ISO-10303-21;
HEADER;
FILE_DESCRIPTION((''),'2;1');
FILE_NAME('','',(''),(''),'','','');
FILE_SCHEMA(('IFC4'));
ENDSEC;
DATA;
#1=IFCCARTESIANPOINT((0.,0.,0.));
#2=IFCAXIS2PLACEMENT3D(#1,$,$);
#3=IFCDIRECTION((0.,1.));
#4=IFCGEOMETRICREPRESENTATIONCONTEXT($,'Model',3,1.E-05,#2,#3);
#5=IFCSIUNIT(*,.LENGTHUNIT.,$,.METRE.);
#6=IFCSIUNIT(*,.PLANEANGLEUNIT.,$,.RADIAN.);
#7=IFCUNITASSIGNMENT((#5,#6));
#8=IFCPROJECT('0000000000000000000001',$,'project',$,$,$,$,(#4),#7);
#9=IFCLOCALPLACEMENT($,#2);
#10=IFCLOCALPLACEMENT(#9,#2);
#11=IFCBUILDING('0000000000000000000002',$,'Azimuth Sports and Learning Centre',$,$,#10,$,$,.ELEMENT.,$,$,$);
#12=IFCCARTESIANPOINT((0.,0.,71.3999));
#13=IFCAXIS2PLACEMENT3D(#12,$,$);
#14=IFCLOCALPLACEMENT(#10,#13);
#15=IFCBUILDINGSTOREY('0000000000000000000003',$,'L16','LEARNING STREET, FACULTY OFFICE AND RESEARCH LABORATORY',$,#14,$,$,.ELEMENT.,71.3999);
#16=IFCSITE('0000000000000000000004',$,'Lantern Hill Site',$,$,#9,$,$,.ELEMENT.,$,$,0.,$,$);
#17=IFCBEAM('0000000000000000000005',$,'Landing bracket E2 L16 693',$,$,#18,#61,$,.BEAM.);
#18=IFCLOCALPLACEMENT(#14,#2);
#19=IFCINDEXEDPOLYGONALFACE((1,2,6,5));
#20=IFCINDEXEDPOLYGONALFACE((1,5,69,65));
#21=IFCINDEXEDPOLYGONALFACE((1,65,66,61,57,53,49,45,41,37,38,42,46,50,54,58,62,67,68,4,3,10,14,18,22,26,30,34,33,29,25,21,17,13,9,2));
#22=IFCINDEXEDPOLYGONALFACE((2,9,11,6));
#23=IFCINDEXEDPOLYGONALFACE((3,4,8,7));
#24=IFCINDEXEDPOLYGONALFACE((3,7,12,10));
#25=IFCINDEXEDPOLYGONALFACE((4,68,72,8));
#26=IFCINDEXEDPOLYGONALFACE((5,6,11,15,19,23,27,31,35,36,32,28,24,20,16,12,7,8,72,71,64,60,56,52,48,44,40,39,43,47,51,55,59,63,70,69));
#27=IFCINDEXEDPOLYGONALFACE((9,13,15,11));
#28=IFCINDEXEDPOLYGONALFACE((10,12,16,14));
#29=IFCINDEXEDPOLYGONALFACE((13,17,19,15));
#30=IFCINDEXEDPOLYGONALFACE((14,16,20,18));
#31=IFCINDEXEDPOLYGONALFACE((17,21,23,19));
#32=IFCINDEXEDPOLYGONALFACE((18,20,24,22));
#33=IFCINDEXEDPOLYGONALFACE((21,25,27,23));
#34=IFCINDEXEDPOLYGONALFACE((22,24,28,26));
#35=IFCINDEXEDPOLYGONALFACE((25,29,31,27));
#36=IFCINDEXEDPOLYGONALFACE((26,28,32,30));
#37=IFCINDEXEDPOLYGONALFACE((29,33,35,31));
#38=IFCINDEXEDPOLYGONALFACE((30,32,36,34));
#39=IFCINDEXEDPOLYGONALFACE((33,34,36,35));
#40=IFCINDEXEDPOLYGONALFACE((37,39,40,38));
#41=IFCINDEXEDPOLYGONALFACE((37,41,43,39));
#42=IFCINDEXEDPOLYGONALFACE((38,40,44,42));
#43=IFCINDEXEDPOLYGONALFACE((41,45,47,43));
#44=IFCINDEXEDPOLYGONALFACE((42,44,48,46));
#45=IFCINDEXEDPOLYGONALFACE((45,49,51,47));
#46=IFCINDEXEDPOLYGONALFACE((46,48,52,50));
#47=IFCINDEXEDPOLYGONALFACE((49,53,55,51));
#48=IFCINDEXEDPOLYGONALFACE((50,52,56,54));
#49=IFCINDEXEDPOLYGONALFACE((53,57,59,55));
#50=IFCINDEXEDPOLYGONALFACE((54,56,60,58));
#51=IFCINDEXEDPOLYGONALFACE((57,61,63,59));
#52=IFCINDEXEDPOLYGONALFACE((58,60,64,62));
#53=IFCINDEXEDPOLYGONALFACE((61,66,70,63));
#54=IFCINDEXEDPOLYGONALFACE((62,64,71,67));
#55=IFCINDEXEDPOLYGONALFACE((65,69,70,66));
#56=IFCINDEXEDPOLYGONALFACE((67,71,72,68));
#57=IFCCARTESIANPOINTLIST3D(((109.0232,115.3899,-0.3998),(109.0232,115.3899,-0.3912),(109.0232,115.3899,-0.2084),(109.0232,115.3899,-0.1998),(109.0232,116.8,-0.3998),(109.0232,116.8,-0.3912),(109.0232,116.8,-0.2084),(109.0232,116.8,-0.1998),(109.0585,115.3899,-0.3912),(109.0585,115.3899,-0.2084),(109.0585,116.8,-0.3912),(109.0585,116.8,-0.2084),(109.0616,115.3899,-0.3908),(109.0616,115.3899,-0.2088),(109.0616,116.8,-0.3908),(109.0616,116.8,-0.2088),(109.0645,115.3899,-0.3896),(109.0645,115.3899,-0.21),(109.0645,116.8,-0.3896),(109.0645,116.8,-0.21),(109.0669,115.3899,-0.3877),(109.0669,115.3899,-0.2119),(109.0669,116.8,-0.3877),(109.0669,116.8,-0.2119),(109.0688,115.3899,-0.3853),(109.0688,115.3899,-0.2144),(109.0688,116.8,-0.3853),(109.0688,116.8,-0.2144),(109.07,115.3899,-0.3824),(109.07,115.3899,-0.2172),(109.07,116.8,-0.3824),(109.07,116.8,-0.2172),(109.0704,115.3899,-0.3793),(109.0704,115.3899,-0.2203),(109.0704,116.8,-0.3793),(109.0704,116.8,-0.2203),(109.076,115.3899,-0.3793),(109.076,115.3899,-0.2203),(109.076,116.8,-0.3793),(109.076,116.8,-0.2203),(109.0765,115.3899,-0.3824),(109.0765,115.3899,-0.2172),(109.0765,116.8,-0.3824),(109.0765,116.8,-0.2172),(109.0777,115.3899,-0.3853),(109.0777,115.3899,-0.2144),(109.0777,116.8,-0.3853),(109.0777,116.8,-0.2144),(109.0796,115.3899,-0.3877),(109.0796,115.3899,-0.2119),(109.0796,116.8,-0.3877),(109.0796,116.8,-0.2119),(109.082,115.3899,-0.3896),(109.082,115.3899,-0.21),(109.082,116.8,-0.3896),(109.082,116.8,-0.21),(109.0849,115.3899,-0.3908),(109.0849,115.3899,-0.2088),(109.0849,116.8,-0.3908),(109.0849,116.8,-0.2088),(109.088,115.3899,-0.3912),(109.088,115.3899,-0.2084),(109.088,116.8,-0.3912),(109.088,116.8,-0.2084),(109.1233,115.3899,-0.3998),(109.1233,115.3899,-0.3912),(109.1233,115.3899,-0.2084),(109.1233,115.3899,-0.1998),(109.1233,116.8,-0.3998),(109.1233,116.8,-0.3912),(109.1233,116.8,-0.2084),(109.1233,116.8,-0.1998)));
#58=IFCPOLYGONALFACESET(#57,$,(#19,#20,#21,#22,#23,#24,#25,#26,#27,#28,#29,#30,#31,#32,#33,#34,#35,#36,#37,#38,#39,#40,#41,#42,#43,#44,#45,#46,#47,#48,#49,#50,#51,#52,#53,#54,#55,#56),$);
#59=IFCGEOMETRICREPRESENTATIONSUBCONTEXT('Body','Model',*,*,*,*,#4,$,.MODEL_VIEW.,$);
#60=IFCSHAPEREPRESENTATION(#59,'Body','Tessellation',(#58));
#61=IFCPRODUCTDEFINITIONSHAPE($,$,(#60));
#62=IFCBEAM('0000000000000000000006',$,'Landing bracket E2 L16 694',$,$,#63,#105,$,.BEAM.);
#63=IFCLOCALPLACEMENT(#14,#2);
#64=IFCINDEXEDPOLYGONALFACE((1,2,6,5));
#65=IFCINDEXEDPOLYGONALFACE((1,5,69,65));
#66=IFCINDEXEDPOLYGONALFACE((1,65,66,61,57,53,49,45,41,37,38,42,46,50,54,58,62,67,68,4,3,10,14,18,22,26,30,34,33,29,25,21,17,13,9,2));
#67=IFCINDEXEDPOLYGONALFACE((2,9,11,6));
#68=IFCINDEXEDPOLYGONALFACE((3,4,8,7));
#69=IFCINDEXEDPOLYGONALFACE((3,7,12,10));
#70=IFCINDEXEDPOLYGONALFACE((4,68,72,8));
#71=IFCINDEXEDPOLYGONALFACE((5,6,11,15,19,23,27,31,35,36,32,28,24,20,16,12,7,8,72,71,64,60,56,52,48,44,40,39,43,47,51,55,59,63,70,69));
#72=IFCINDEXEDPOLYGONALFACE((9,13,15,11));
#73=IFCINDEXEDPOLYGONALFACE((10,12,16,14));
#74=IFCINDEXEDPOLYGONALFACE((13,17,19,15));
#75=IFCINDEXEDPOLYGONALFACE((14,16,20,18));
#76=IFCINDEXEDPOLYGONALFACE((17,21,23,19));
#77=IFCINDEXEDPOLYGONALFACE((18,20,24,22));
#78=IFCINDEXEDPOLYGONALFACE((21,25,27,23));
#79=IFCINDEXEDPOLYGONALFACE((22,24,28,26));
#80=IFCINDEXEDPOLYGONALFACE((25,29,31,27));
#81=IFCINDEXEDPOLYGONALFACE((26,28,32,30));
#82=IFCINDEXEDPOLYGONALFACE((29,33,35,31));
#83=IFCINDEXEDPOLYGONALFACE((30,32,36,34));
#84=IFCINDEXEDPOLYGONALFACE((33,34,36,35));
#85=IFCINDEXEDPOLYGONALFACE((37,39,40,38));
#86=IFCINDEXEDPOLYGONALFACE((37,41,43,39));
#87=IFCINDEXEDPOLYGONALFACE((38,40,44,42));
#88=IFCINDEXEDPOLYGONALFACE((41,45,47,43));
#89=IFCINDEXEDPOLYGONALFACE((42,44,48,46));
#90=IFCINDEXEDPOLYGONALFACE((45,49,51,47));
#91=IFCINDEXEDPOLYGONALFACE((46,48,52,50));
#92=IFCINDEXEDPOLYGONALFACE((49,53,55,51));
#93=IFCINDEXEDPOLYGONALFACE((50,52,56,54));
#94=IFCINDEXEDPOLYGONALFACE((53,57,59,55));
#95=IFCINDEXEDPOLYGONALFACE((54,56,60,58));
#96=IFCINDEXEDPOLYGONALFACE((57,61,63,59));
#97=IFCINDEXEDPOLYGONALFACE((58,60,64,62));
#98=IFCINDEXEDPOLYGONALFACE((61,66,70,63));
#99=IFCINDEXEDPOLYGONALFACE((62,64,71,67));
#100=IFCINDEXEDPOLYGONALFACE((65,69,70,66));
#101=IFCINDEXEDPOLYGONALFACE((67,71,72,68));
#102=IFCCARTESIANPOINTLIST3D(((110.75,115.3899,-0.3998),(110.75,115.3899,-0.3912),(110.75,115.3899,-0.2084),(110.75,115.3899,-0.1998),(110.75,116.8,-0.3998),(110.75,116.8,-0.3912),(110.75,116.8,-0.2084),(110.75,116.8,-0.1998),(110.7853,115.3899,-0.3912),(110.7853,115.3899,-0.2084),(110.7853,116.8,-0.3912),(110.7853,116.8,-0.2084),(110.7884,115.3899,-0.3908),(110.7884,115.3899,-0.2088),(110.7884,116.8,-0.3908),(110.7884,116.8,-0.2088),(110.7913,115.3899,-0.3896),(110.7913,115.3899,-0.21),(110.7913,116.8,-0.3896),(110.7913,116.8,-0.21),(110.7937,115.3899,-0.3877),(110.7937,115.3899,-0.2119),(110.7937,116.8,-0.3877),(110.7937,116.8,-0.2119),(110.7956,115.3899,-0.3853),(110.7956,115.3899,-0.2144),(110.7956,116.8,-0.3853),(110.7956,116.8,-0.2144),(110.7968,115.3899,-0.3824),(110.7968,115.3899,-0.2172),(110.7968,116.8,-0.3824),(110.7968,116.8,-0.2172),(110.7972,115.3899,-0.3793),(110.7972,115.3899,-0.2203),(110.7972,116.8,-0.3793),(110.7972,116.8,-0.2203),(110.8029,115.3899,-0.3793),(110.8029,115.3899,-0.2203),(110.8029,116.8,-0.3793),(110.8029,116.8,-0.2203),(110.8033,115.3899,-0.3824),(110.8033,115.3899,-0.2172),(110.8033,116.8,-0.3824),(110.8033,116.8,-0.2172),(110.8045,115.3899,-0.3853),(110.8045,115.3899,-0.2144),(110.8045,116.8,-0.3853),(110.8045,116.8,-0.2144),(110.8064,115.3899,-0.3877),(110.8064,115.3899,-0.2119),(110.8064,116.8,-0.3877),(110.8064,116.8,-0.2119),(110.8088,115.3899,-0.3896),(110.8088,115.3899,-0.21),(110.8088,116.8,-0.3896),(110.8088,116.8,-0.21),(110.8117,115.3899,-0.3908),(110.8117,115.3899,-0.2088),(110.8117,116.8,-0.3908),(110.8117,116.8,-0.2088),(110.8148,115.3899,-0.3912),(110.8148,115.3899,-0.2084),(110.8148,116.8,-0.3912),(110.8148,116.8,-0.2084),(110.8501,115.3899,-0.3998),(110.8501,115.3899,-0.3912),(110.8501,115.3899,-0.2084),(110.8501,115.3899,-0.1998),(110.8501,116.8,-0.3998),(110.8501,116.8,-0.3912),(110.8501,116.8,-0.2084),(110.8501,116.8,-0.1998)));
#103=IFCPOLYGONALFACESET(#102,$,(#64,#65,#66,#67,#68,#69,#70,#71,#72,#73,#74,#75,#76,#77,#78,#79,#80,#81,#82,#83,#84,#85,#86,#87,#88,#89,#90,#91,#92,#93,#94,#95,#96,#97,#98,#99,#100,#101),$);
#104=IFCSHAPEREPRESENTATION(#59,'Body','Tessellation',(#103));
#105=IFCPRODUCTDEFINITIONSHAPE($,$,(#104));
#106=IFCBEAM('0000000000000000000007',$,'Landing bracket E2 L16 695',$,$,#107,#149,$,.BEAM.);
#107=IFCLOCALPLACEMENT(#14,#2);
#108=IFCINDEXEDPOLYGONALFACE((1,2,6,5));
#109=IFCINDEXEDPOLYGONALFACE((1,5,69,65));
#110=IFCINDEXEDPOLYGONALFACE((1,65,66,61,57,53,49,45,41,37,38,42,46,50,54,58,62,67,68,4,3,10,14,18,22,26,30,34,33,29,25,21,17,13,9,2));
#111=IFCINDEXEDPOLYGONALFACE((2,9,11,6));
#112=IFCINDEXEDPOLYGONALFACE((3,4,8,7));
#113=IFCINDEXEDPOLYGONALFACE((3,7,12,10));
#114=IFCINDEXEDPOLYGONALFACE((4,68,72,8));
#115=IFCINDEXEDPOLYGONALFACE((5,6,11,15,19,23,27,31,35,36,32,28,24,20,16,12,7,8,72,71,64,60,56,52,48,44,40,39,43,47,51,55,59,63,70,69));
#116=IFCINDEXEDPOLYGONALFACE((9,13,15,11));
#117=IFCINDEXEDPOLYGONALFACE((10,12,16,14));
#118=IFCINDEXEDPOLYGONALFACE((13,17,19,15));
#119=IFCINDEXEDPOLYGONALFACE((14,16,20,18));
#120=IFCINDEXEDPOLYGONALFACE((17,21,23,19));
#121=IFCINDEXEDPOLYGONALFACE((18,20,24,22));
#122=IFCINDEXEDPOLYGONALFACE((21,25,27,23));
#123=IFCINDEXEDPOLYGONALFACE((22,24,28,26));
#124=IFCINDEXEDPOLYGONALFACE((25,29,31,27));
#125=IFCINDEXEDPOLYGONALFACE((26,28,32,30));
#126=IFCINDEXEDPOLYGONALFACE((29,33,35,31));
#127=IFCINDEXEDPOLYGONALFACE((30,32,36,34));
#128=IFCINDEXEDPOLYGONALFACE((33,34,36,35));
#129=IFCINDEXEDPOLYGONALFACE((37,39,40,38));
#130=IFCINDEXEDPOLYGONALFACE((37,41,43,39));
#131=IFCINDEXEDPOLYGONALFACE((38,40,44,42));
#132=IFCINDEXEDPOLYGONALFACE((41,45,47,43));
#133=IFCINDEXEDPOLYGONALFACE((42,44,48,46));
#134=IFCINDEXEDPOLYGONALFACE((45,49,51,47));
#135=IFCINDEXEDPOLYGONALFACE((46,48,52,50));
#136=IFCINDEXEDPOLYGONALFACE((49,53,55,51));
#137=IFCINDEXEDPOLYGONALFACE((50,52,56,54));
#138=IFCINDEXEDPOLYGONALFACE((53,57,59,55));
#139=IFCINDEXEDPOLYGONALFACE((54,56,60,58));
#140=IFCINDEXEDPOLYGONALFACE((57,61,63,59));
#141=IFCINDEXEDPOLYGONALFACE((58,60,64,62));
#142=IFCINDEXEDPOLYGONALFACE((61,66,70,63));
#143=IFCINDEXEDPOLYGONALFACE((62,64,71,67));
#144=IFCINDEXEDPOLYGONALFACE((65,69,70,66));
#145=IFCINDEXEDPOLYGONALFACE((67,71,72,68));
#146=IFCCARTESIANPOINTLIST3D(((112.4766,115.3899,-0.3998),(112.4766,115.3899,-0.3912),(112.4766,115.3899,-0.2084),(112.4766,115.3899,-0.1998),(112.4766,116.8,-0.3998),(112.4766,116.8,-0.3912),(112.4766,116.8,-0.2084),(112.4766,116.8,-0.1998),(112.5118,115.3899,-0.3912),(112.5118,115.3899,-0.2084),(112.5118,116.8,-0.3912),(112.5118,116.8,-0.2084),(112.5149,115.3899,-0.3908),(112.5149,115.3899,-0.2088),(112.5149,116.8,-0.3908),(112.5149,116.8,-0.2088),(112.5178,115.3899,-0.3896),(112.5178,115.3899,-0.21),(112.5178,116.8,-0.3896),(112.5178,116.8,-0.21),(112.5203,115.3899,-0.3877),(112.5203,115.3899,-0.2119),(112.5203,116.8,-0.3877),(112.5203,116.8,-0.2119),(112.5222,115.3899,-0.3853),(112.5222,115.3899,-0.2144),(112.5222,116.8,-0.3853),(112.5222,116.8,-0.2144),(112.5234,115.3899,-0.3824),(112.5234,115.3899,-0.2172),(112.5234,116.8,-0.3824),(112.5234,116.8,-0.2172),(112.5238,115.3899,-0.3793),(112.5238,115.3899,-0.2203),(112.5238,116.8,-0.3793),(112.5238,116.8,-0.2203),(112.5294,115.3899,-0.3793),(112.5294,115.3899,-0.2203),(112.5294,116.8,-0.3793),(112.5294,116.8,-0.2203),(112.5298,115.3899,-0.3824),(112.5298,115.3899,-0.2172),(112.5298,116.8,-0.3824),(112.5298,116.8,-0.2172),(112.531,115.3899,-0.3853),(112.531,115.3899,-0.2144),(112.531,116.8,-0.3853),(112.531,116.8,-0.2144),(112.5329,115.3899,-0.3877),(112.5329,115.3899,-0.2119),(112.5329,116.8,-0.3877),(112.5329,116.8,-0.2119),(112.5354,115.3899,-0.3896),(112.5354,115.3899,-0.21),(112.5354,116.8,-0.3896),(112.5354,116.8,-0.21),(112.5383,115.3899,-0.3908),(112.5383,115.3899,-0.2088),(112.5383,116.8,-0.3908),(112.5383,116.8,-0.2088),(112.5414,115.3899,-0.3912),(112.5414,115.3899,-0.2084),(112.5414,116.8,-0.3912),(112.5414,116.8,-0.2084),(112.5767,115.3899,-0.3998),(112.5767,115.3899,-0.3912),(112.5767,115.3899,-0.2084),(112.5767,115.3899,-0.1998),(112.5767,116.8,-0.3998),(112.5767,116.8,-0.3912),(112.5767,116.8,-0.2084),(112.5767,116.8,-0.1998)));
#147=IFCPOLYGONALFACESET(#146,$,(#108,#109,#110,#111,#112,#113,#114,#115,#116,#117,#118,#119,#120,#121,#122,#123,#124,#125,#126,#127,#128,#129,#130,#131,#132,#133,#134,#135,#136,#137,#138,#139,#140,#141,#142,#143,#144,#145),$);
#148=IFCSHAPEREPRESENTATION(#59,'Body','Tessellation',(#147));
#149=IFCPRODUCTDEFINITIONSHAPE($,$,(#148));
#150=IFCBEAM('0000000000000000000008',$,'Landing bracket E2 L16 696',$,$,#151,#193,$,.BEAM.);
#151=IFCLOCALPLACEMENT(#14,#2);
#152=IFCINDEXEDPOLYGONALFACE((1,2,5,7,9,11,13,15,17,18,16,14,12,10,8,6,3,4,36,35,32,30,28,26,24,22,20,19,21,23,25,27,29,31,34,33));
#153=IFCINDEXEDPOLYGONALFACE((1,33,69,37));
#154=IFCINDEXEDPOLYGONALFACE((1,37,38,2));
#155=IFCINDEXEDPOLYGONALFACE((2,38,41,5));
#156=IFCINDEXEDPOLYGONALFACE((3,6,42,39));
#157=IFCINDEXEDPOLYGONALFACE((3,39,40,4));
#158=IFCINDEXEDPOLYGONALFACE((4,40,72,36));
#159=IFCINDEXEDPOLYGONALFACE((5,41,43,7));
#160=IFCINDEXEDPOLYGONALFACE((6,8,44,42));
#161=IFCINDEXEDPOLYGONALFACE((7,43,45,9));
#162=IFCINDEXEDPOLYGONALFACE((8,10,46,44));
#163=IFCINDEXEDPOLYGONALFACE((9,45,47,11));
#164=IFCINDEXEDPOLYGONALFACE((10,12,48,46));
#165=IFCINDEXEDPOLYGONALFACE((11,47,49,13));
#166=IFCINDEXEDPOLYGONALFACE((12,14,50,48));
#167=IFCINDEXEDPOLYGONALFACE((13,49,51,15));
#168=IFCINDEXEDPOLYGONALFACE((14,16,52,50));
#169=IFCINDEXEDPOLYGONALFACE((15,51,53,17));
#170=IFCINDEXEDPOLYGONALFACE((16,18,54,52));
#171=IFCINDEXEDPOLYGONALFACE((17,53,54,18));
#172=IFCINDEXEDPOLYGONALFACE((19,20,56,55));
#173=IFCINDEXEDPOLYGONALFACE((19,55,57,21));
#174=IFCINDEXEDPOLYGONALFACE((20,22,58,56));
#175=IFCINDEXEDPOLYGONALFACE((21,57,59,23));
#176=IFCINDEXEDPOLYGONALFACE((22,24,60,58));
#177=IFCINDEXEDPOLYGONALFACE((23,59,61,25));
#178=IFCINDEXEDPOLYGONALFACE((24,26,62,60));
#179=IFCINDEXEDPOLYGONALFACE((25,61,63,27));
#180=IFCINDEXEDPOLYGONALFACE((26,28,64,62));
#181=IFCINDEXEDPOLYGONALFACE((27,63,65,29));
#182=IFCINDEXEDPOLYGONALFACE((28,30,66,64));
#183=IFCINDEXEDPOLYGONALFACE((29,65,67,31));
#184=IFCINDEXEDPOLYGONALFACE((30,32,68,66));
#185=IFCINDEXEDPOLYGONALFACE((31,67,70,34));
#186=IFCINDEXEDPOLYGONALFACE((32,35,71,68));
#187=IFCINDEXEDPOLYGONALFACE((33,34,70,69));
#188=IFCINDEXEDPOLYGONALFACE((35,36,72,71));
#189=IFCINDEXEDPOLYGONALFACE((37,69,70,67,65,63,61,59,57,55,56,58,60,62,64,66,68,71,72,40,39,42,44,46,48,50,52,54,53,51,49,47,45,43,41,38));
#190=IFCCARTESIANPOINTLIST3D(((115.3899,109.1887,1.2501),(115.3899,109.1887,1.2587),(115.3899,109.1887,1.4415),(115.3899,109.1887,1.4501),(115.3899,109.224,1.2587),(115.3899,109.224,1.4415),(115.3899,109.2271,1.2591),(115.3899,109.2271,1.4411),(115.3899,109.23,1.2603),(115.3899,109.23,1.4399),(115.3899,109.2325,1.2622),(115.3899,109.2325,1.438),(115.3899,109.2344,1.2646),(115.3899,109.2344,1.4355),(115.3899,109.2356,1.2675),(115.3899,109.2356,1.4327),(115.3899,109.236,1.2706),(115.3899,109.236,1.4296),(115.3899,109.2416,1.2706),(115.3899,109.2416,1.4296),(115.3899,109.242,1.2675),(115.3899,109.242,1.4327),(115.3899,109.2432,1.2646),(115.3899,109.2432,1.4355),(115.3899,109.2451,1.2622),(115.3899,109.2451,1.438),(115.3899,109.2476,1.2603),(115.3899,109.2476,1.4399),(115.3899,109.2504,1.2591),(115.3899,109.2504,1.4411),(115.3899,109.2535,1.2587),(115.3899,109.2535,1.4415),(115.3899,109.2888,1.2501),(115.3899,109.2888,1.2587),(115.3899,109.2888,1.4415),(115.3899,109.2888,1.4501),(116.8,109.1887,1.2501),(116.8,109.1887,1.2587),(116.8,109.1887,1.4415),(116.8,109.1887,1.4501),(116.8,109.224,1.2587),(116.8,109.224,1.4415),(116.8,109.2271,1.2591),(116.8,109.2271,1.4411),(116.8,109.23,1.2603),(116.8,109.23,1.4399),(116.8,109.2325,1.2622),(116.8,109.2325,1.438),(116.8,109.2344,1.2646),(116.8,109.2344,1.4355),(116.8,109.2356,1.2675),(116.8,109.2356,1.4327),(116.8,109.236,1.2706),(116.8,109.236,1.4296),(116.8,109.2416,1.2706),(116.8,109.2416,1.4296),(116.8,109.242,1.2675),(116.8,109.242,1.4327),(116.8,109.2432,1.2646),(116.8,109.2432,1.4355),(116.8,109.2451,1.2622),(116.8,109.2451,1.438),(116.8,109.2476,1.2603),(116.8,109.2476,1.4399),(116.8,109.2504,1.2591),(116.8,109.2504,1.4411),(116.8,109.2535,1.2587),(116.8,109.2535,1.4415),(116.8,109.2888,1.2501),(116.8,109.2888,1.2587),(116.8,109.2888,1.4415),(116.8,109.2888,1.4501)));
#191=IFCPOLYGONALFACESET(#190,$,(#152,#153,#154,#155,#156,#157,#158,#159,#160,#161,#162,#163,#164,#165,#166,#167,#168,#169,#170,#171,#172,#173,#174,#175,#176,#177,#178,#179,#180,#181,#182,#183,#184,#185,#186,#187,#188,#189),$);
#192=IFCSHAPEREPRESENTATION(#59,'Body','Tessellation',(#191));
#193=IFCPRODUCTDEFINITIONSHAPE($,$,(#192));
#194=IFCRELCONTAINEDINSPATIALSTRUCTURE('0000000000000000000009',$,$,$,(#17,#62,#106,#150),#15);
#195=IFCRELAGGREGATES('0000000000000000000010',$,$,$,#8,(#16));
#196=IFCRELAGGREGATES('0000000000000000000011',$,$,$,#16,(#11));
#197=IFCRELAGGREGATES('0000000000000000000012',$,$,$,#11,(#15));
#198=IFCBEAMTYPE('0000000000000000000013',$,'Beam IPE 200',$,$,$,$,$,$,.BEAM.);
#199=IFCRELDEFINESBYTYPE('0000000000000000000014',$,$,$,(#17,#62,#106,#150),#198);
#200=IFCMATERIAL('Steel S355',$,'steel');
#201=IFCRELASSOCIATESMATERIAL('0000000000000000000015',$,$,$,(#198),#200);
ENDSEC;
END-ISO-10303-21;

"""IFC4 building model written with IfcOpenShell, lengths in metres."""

from ifc_helpers import new_model, si_unit, direction, frame, origin, origin_2d, place, context, subcontext, project, spatial, i_section, extrude, material, material_profile, profile_set, type_object, element, save


model = new_model("IFC4")

# Units and contexts
model_context = context("Model", 3, precision=1e-05, world=origin(), true_north=direction((0.0, 1.0)))
body_context = subcontext(model_context, "Body", "Model", "MODEL_VIEW")
ifc_project = project(units=[si_unit("LENGTHUNIT", "METRE"), si_unit("PLANEANGLEUNIT", "RADIAN")], contexts=[model_context])

# Site, building, storey
site_placement = place(None, origin())
site = spatial("IfcSite", under=ifc_project, at=site_placement, Name="Lantern Hill Site", CompositionType="ELEMENT", RefElevation=0.0)
building_placement = place(site_placement, origin())
building = spatial("IfcBuilding", under=site, at=building_placement, Name="Azimuth Sports and Learning Centre", CompositionType="ELEMENT")
storey_placement = place(building_placement, frame((0.0, 0.0, 71.3999)))
storey = spatial("IfcBuildingStorey", under=building, at=storey_placement, Name="L16", Description="LEARNING STREET, FACULTY OFFICE AND RESEARCH LABORATORY", CompositionType="ELEMENT", Elevation=71.3999)

# Beams
ifc_material_1 = material(Name="Steel S355", Category="steel")
ifc_material_profile_1 = material_profile(ifc_material_1, i_section(OverallWidth=0.1001, OverallDepth=0.2, WebThickness=0.0056, FlangeThickness=0.0085, FilletRadius=0.012, at=origin_2d()), Name="IPE 200")
ifc_profile_set_1 = profile_set([ifc_material_profile_1], Name="Steel S355")
beam_type_1 = type_object("IfcBeamType", Name="Beam IPE 200", PredefinedType="BEAM", material=ifc_profile_set_1)
for number, where, z_axis, x_axis, name in (
    (1, (109.0732, 116.8, -0.2998), (0.0, -1.0, 0.0), (1.0, 0.0, 0.0), "Landing bracket E2 L16 693"),
    (2, (110.8, 116.8, -0.2998), (0.0, -1.0, 0.0), (1.0, 0.0, 0.0), "Landing bracket E2 L16 694"),
    (3, (112.5266, 116.8, -0.2998), (0.0, -1.0, 0.0), (1.0, 0.0, 0.0), "Landing bracket E2 L16 695"),
    (4, (116.8, 109.2388, 1.3501), (-1.0, 0.0, 0.0), (0.0, -1.0, 0.0), "Landing bracket E2 L16 696"),
):
    element("IfcBeam", number, at=place(storey_placement, frame(where, z_axis=z_axis, x_axis=x_axis)), inside=storey, type_object=beam_type_1, Name=name, PredefinedType="BEAM", context=body_context, shape_type="SweptSolid", body=[
        extrude(i_section(OverallWidth=0.1001, OverallDepth=0.2, WebThickness=0.0056, FlangeThickness=0.0085, FilletRadius=0.012, at=origin_2d()), origin(), (0.0, 0.0, 1.0), 1.4102),
    ])

save(model, "model.ifc")
